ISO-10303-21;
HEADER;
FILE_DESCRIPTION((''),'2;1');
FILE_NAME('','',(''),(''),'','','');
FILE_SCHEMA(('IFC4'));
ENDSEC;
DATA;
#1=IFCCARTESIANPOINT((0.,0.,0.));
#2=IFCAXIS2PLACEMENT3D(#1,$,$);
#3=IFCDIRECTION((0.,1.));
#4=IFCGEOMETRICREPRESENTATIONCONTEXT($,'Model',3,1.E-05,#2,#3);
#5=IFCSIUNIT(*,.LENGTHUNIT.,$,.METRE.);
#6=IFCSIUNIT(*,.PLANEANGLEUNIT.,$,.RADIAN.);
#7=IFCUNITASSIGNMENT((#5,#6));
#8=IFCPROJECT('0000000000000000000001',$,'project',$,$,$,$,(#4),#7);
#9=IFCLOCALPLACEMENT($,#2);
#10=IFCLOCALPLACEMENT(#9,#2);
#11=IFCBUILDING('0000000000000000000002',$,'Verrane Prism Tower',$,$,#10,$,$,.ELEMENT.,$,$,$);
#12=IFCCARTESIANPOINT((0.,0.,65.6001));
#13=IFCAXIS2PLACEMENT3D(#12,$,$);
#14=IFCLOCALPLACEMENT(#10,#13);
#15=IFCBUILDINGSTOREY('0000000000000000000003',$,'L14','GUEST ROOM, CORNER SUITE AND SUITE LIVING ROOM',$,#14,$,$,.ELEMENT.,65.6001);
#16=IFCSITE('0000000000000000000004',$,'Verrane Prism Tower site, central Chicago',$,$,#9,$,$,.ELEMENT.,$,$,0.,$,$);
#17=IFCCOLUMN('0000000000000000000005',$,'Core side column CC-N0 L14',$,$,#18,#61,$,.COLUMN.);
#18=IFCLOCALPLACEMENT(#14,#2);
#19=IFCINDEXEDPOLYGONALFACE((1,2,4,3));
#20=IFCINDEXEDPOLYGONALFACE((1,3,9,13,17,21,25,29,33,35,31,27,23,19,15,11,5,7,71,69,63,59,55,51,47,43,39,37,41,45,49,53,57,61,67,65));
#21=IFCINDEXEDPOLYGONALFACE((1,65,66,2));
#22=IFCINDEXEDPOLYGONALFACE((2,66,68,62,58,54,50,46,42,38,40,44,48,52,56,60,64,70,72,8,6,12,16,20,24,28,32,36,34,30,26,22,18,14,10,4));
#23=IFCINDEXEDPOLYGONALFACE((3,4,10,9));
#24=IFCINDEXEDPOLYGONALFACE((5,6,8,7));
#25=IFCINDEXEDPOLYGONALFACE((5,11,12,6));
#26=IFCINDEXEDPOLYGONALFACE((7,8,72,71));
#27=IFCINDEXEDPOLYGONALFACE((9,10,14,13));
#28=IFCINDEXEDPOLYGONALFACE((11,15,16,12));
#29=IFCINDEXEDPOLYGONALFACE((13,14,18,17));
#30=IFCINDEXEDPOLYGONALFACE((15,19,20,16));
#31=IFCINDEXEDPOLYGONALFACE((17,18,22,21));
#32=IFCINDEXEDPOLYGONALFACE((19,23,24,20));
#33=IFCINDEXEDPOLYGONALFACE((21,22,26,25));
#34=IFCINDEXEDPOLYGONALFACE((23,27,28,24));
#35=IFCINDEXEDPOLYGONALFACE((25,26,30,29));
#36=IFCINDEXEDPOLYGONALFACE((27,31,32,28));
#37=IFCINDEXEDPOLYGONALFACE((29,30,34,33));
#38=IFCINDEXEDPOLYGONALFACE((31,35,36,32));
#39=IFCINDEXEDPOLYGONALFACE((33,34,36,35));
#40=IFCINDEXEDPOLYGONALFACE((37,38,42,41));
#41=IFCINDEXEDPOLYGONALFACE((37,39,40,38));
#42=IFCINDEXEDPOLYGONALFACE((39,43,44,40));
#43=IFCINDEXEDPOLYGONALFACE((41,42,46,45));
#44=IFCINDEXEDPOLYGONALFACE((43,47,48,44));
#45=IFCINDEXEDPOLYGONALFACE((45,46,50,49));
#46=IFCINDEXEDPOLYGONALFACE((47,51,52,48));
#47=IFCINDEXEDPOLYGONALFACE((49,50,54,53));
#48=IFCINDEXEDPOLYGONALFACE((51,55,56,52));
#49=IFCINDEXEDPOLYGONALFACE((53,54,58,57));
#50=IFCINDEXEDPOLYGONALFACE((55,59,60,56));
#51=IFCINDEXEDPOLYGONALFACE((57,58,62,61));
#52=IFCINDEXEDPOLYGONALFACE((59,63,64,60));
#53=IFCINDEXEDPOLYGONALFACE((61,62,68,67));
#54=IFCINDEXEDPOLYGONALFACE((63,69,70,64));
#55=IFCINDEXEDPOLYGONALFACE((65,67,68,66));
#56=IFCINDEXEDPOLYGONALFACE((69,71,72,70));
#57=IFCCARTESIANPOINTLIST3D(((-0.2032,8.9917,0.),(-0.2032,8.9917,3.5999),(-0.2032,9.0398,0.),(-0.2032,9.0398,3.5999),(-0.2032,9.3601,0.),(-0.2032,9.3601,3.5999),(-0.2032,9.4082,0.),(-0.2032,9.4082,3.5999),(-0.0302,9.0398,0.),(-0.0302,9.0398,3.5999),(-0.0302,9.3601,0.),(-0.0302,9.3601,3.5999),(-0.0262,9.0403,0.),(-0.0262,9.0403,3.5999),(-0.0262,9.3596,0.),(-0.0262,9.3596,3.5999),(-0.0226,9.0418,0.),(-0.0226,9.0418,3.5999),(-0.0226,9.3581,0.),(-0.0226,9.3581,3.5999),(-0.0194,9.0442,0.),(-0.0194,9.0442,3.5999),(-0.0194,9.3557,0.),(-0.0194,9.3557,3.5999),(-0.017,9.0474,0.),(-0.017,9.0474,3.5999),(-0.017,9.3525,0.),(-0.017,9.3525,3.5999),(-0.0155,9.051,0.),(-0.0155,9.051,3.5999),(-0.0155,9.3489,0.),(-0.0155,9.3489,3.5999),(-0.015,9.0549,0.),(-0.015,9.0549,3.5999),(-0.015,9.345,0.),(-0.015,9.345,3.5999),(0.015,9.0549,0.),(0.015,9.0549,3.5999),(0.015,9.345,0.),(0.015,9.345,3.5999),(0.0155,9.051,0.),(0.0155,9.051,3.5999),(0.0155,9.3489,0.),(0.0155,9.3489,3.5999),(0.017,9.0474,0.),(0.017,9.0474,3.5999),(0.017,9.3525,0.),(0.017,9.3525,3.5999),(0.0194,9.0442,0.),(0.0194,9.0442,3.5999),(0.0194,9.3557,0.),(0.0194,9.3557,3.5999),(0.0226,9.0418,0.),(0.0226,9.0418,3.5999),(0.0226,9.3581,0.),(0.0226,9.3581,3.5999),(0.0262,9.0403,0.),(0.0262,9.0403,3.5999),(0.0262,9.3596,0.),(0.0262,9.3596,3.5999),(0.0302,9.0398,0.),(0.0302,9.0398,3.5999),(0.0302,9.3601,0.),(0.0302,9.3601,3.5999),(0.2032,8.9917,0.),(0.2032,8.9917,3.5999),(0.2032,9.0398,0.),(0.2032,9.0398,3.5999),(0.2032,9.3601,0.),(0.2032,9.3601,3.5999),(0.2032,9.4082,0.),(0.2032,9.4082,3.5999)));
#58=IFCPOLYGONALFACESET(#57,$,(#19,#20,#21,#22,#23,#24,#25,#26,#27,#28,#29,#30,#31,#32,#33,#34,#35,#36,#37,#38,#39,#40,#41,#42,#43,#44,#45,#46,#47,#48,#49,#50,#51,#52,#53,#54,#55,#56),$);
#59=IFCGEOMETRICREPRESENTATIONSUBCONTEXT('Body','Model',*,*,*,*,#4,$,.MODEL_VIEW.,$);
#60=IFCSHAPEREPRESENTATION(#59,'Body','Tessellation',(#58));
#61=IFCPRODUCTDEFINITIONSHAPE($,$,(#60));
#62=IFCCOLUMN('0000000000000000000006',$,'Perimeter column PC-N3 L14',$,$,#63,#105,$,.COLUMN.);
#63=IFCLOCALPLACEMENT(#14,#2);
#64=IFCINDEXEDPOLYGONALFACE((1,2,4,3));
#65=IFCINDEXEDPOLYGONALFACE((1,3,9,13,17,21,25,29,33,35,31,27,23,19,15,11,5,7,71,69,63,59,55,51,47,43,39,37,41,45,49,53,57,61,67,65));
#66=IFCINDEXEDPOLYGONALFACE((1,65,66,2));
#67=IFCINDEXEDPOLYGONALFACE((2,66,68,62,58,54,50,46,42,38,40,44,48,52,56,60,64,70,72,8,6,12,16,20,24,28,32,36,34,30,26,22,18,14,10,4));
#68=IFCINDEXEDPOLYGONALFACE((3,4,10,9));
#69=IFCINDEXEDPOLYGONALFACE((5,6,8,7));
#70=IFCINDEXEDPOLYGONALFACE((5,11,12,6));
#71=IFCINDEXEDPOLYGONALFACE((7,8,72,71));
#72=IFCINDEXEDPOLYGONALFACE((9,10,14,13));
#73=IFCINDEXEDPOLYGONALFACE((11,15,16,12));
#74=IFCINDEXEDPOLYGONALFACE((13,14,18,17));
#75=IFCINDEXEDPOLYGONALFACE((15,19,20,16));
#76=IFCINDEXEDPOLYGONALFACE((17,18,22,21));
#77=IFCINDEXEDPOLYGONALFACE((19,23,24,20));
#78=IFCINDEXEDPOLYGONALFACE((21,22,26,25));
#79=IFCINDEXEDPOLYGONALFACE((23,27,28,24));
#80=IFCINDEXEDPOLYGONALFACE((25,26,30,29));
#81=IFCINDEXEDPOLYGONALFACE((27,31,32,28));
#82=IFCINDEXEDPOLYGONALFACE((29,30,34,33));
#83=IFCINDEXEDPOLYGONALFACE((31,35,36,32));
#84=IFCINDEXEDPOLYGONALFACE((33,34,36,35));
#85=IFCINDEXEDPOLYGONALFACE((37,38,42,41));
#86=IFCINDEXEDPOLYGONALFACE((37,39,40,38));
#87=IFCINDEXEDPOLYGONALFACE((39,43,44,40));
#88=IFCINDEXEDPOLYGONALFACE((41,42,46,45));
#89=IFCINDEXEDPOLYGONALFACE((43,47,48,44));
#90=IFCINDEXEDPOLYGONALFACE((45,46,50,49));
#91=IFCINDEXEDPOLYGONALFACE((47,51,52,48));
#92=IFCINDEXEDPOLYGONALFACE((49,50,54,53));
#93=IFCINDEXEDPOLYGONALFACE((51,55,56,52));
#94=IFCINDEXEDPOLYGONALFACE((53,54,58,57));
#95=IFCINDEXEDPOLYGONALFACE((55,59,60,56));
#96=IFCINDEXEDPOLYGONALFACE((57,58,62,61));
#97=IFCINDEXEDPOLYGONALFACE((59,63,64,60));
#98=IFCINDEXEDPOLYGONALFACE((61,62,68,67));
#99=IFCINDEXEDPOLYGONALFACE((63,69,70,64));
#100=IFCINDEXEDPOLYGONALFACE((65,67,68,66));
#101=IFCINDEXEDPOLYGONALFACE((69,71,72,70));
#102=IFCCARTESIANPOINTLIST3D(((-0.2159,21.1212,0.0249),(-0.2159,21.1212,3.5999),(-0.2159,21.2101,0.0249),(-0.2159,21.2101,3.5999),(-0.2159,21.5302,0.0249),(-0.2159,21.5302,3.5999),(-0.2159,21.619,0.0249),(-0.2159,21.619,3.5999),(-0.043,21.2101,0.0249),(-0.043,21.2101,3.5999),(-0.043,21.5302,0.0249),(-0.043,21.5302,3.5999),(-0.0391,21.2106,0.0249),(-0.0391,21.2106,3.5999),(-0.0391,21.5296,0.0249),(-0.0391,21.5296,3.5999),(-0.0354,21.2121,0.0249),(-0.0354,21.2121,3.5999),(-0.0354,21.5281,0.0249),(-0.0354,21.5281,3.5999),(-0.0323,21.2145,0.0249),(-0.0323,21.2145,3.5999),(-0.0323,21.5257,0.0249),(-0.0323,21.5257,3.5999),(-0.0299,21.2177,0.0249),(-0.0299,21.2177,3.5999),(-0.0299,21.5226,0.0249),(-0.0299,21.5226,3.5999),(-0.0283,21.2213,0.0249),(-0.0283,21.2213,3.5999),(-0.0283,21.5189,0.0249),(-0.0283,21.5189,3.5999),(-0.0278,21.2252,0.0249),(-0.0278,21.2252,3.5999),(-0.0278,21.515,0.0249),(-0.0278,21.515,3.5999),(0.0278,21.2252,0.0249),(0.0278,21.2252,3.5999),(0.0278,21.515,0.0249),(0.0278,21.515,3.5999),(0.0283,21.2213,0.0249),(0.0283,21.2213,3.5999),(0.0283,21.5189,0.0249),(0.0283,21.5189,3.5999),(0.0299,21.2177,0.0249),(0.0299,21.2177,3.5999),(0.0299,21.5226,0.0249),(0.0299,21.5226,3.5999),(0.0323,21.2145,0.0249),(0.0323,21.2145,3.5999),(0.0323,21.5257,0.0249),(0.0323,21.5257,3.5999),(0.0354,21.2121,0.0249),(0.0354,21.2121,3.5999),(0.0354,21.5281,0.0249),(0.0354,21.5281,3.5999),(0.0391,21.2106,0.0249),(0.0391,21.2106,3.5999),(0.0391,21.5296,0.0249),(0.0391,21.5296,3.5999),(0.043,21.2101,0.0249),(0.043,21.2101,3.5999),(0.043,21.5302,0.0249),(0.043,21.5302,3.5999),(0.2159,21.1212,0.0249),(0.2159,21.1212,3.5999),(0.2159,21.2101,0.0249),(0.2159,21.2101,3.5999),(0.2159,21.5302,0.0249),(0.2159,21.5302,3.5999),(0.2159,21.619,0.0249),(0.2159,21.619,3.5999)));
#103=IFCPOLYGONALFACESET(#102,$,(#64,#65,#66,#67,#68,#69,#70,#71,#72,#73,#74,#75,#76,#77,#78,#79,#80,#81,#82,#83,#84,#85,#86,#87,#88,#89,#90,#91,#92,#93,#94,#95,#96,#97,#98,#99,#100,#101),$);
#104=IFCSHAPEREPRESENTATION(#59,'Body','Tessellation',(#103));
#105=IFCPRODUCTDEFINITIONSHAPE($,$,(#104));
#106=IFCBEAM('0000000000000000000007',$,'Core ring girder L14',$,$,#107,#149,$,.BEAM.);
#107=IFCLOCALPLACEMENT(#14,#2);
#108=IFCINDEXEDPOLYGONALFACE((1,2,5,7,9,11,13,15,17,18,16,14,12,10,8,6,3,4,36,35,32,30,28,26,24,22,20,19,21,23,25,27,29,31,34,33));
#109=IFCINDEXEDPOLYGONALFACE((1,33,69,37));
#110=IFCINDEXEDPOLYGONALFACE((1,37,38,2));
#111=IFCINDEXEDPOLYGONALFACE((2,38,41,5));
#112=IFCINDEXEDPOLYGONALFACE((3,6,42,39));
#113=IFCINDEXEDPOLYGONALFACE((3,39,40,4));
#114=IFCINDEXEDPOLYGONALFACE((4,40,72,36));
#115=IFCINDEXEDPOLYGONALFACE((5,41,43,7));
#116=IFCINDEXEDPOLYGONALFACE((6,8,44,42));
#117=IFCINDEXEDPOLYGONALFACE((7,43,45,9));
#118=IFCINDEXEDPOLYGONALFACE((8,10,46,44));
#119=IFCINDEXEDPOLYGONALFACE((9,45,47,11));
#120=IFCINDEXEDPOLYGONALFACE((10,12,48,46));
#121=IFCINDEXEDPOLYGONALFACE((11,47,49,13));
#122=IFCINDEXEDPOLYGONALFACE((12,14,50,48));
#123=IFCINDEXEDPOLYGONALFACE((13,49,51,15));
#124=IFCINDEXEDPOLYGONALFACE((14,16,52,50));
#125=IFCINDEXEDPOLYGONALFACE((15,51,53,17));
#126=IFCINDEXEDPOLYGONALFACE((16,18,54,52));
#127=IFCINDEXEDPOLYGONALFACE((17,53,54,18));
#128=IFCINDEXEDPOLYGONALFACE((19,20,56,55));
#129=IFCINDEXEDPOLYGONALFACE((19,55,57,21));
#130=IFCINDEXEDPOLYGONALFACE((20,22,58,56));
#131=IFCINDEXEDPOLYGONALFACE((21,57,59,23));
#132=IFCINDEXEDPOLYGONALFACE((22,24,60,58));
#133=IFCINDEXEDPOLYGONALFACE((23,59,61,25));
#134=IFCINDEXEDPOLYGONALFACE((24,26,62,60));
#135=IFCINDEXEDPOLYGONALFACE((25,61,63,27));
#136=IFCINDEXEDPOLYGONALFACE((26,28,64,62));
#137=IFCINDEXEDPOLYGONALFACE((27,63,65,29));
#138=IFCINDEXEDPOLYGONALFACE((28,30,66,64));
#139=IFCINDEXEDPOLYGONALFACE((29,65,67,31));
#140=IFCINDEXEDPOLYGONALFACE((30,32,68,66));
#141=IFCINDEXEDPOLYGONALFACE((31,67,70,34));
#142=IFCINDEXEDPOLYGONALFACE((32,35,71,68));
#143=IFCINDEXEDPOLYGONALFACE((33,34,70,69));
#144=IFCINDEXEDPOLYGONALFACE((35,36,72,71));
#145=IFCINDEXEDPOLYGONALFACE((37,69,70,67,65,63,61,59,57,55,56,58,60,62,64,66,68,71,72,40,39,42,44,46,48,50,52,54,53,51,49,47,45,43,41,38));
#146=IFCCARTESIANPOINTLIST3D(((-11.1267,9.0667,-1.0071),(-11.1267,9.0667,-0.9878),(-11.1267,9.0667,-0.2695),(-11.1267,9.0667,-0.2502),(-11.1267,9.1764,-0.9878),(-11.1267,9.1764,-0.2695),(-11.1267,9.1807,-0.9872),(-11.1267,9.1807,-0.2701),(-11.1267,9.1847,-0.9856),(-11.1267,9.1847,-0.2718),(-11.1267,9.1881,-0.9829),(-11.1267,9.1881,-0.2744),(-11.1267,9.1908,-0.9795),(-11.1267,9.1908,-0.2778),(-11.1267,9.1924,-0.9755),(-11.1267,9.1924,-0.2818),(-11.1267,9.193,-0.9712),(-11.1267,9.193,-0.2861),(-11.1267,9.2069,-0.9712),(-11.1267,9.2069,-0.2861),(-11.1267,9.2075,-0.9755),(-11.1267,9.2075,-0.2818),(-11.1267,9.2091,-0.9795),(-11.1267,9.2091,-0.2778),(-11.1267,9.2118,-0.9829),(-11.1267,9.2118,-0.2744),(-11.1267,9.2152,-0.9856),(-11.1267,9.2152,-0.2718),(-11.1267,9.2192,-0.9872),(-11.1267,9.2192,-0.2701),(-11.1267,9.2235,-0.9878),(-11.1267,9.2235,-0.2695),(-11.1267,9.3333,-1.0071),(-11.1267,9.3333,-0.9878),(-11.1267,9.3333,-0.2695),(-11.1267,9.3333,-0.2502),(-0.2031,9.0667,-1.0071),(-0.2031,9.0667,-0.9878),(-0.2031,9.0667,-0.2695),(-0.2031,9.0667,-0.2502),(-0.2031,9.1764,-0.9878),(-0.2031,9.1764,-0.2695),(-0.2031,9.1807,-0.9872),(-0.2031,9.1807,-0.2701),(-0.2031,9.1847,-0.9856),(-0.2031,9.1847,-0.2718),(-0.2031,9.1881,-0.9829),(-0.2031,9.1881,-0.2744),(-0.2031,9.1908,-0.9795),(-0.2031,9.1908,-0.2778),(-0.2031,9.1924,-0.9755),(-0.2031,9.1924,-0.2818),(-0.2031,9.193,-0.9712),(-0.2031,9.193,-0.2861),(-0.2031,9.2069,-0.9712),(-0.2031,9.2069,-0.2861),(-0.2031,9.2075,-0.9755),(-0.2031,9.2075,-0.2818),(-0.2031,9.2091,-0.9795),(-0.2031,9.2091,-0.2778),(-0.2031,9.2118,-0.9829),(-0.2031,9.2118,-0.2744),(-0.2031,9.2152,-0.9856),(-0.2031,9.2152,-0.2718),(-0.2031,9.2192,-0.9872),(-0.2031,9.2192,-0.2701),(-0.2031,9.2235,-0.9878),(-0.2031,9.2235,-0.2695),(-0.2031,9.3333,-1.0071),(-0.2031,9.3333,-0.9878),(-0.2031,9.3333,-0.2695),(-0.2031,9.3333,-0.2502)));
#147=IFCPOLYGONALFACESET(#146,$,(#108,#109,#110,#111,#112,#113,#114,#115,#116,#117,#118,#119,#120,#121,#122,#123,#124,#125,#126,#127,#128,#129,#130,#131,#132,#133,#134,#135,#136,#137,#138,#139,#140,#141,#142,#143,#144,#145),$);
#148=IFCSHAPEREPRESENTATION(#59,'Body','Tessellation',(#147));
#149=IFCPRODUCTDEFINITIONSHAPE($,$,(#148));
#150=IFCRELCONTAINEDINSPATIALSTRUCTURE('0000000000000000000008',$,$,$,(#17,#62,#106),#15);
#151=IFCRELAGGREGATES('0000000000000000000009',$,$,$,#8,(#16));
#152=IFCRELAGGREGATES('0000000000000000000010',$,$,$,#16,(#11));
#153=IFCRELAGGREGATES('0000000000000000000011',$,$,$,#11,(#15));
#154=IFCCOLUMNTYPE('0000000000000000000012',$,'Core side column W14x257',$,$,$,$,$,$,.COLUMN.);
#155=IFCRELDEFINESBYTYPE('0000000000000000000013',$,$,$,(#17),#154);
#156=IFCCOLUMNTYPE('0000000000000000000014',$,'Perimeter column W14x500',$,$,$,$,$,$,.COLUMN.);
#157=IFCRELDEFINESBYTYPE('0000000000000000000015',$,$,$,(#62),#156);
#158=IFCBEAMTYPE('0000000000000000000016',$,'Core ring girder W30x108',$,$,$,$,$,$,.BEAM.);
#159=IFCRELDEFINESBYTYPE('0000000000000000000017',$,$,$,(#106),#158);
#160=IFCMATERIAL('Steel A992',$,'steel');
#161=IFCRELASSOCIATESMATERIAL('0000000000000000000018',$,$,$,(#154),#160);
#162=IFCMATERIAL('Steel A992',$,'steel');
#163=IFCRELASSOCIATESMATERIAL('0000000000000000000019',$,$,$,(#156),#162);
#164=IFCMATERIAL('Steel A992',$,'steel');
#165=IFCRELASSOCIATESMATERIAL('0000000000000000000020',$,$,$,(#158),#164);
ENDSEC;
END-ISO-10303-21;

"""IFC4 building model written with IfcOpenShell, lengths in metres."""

from ifc_helpers import new_model, si_unit, direction, frame, origin, origin_2d, place, context, subcontext, project, spatial, i_section, extrude, material, material_profile, profile_set, type_object, element, save


model = new_model("IFC4")

# Units and contexts
model_context = context("Model", 3, precision=1e-05, world=origin(), true_north=direction((0.0, 1.0)))
body_context = subcontext(model_context, "Body", "Model", "MODEL_VIEW")
ifc_project = project(units=[si_unit("LENGTHUNIT", "METRE"), si_unit("PLANEANGLEUNIT", "RADIAN")], contexts=[model_context])

# Site, building, storey
site_placement = place(None, origin())
site = spatial("IfcSite", under=ifc_project, at=site_placement, Name="Verrane Prism Tower site, central Chicago", CompositionType="ELEMENT", RefElevation=0.0)
building_placement = place(site_placement, origin())
building = spatial("IfcBuilding", under=site, at=building_placement, Name="Verrane Prism Tower", CompositionType="ELEMENT")
storey_placement = place(building_placement, frame((0.0, 0.0, 65.6001)))
storey = spatial("IfcBuildingStorey", under=building, at=storey_placement, Name="L14", Description="GUEST ROOM, CORNER SUITE AND SUITE LIVING ROOM", CompositionType="ELEMENT", Elevation=65.6001)

# Columns
ifc_material_1 = material(Name="Steel A992", Category="steel")
ifc_material_profile_1 = material_profile(ifc_material_1, i_section(OverallWidth=0.4065, OverallDepth=0.4165, WebThickness=0.03, FlangeThickness=0.0481, FilletRadius=0.0151, at=origin_2d()), Name="W14x257")
ifc_profile_set_1 = profile_set([ifc_material_profile_1], Name="Steel A992")
column_type_1 = type_object("IfcColumnType", Name="Core side column W14x257", PredefinedType="COLUMN", material=ifc_profile_set_1)
column_1_placement = place(storey_placement, frame((0.0, 9.2, 0.0), z_axis=(0.0, 0.0, 1.0), x_axis=(1.0, 0.0, 0.0)))
element("IfcColumn", 1, at=column_1_placement, inside=storey, type_object=column_type_1, Name="Core side column CC-N0 L14", PredefinedType="COLUMN", context=body_context, shape_type="SweptSolid", body=[
    extrude(i_section(OverallWidth=0.4065, OverallDepth=0.4165, WebThickness=0.03, FlangeThickness=0.0481, FilletRadius=0.0151, at=origin_2d()), origin(), (0.0, 0.0, 1.0), 3.5999),
])
ifc_material_2 = material(Name="Steel A992", Category="steel")
ifc_material_profile_2 = material_profile(ifc_material_2, i_section(OverallWidth=0.4319, OverallDepth=0.4978, WebThickness=0.0557, FlangeThickness=0.0889, FilletRadius=0.0151, at=origin_2d()), Name="W14x500")
ifc_profile_set_2 = profile_set([ifc_material_profile_2], Name="Steel A992")
column_type_2 = type_object("IfcColumnType", Name="Perimeter column W14x500", PredefinedType="COLUMN", material=ifc_profile_set_2)
column_2_placement = place(storey_placement, frame((0.0, 21.3701, 0.0249), z_axis=(0.0, 0.0, 1.0), x_axis=(1.0, 0.0, 0.0)))
element("IfcColumn", 2, at=column_2_placement, inside=storey, type_object=column_type_2, Name="Perimeter column PC-N3 L14", PredefinedType="COLUMN", context=body_context, shape_type="SweptSolid", body=[
    extrude(i_section(OverallWidth=0.4319, OverallDepth=0.4978, WebThickness=0.0557, FlangeThickness=0.0889, FilletRadius=0.0151, at=origin_2d()), origin(), (0.0, 0.0, 1.0), 3.575),
])

# Beam
ifc_material_3 = material(Name="Steel A992", Category="steel")
ifc_material_profile_3 = material_profile(ifc_material_3, i_section(OverallWidth=0.2666, OverallDepth=0.7568, WebThickness=0.0139, FlangeThickness=0.0193, FilletRadius=0.0166, at=origin_2d()), Name="W30x108")
ifc_profile_set_3 = profile_set([ifc_material_profile_3], Name="Steel A992")
beam_type_1 = type_object("IfcBeamType", Name="Core ring girder W30x108", PredefinedType="BEAM", material=ifc_profile_set_3)
beam_1_placement = place(storey_placement, frame((-0.2031, 9.2, -0.6287), z_axis=(-1.0, 0.0, 0.0), x_axis=(0.0, -1.0, 0.0)))
element("IfcBeam", 3, at=beam_1_placement, inside=storey, type_object=beam_type_1, Name="Core ring girder L14", PredefinedType="BEAM", context=body_context, shape_type="SweptSolid", body=[
    extrude(i_section(OverallWidth=0.2666, OverallDepth=0.7568, WebThickness=0.0139, FlangeThickness=0.0193, FilletRadius=0.0166, at=origin_2d()), origin(), (0.0, 0.0, 1.0), 10.9236),
])

save(model, "model.ifc")
